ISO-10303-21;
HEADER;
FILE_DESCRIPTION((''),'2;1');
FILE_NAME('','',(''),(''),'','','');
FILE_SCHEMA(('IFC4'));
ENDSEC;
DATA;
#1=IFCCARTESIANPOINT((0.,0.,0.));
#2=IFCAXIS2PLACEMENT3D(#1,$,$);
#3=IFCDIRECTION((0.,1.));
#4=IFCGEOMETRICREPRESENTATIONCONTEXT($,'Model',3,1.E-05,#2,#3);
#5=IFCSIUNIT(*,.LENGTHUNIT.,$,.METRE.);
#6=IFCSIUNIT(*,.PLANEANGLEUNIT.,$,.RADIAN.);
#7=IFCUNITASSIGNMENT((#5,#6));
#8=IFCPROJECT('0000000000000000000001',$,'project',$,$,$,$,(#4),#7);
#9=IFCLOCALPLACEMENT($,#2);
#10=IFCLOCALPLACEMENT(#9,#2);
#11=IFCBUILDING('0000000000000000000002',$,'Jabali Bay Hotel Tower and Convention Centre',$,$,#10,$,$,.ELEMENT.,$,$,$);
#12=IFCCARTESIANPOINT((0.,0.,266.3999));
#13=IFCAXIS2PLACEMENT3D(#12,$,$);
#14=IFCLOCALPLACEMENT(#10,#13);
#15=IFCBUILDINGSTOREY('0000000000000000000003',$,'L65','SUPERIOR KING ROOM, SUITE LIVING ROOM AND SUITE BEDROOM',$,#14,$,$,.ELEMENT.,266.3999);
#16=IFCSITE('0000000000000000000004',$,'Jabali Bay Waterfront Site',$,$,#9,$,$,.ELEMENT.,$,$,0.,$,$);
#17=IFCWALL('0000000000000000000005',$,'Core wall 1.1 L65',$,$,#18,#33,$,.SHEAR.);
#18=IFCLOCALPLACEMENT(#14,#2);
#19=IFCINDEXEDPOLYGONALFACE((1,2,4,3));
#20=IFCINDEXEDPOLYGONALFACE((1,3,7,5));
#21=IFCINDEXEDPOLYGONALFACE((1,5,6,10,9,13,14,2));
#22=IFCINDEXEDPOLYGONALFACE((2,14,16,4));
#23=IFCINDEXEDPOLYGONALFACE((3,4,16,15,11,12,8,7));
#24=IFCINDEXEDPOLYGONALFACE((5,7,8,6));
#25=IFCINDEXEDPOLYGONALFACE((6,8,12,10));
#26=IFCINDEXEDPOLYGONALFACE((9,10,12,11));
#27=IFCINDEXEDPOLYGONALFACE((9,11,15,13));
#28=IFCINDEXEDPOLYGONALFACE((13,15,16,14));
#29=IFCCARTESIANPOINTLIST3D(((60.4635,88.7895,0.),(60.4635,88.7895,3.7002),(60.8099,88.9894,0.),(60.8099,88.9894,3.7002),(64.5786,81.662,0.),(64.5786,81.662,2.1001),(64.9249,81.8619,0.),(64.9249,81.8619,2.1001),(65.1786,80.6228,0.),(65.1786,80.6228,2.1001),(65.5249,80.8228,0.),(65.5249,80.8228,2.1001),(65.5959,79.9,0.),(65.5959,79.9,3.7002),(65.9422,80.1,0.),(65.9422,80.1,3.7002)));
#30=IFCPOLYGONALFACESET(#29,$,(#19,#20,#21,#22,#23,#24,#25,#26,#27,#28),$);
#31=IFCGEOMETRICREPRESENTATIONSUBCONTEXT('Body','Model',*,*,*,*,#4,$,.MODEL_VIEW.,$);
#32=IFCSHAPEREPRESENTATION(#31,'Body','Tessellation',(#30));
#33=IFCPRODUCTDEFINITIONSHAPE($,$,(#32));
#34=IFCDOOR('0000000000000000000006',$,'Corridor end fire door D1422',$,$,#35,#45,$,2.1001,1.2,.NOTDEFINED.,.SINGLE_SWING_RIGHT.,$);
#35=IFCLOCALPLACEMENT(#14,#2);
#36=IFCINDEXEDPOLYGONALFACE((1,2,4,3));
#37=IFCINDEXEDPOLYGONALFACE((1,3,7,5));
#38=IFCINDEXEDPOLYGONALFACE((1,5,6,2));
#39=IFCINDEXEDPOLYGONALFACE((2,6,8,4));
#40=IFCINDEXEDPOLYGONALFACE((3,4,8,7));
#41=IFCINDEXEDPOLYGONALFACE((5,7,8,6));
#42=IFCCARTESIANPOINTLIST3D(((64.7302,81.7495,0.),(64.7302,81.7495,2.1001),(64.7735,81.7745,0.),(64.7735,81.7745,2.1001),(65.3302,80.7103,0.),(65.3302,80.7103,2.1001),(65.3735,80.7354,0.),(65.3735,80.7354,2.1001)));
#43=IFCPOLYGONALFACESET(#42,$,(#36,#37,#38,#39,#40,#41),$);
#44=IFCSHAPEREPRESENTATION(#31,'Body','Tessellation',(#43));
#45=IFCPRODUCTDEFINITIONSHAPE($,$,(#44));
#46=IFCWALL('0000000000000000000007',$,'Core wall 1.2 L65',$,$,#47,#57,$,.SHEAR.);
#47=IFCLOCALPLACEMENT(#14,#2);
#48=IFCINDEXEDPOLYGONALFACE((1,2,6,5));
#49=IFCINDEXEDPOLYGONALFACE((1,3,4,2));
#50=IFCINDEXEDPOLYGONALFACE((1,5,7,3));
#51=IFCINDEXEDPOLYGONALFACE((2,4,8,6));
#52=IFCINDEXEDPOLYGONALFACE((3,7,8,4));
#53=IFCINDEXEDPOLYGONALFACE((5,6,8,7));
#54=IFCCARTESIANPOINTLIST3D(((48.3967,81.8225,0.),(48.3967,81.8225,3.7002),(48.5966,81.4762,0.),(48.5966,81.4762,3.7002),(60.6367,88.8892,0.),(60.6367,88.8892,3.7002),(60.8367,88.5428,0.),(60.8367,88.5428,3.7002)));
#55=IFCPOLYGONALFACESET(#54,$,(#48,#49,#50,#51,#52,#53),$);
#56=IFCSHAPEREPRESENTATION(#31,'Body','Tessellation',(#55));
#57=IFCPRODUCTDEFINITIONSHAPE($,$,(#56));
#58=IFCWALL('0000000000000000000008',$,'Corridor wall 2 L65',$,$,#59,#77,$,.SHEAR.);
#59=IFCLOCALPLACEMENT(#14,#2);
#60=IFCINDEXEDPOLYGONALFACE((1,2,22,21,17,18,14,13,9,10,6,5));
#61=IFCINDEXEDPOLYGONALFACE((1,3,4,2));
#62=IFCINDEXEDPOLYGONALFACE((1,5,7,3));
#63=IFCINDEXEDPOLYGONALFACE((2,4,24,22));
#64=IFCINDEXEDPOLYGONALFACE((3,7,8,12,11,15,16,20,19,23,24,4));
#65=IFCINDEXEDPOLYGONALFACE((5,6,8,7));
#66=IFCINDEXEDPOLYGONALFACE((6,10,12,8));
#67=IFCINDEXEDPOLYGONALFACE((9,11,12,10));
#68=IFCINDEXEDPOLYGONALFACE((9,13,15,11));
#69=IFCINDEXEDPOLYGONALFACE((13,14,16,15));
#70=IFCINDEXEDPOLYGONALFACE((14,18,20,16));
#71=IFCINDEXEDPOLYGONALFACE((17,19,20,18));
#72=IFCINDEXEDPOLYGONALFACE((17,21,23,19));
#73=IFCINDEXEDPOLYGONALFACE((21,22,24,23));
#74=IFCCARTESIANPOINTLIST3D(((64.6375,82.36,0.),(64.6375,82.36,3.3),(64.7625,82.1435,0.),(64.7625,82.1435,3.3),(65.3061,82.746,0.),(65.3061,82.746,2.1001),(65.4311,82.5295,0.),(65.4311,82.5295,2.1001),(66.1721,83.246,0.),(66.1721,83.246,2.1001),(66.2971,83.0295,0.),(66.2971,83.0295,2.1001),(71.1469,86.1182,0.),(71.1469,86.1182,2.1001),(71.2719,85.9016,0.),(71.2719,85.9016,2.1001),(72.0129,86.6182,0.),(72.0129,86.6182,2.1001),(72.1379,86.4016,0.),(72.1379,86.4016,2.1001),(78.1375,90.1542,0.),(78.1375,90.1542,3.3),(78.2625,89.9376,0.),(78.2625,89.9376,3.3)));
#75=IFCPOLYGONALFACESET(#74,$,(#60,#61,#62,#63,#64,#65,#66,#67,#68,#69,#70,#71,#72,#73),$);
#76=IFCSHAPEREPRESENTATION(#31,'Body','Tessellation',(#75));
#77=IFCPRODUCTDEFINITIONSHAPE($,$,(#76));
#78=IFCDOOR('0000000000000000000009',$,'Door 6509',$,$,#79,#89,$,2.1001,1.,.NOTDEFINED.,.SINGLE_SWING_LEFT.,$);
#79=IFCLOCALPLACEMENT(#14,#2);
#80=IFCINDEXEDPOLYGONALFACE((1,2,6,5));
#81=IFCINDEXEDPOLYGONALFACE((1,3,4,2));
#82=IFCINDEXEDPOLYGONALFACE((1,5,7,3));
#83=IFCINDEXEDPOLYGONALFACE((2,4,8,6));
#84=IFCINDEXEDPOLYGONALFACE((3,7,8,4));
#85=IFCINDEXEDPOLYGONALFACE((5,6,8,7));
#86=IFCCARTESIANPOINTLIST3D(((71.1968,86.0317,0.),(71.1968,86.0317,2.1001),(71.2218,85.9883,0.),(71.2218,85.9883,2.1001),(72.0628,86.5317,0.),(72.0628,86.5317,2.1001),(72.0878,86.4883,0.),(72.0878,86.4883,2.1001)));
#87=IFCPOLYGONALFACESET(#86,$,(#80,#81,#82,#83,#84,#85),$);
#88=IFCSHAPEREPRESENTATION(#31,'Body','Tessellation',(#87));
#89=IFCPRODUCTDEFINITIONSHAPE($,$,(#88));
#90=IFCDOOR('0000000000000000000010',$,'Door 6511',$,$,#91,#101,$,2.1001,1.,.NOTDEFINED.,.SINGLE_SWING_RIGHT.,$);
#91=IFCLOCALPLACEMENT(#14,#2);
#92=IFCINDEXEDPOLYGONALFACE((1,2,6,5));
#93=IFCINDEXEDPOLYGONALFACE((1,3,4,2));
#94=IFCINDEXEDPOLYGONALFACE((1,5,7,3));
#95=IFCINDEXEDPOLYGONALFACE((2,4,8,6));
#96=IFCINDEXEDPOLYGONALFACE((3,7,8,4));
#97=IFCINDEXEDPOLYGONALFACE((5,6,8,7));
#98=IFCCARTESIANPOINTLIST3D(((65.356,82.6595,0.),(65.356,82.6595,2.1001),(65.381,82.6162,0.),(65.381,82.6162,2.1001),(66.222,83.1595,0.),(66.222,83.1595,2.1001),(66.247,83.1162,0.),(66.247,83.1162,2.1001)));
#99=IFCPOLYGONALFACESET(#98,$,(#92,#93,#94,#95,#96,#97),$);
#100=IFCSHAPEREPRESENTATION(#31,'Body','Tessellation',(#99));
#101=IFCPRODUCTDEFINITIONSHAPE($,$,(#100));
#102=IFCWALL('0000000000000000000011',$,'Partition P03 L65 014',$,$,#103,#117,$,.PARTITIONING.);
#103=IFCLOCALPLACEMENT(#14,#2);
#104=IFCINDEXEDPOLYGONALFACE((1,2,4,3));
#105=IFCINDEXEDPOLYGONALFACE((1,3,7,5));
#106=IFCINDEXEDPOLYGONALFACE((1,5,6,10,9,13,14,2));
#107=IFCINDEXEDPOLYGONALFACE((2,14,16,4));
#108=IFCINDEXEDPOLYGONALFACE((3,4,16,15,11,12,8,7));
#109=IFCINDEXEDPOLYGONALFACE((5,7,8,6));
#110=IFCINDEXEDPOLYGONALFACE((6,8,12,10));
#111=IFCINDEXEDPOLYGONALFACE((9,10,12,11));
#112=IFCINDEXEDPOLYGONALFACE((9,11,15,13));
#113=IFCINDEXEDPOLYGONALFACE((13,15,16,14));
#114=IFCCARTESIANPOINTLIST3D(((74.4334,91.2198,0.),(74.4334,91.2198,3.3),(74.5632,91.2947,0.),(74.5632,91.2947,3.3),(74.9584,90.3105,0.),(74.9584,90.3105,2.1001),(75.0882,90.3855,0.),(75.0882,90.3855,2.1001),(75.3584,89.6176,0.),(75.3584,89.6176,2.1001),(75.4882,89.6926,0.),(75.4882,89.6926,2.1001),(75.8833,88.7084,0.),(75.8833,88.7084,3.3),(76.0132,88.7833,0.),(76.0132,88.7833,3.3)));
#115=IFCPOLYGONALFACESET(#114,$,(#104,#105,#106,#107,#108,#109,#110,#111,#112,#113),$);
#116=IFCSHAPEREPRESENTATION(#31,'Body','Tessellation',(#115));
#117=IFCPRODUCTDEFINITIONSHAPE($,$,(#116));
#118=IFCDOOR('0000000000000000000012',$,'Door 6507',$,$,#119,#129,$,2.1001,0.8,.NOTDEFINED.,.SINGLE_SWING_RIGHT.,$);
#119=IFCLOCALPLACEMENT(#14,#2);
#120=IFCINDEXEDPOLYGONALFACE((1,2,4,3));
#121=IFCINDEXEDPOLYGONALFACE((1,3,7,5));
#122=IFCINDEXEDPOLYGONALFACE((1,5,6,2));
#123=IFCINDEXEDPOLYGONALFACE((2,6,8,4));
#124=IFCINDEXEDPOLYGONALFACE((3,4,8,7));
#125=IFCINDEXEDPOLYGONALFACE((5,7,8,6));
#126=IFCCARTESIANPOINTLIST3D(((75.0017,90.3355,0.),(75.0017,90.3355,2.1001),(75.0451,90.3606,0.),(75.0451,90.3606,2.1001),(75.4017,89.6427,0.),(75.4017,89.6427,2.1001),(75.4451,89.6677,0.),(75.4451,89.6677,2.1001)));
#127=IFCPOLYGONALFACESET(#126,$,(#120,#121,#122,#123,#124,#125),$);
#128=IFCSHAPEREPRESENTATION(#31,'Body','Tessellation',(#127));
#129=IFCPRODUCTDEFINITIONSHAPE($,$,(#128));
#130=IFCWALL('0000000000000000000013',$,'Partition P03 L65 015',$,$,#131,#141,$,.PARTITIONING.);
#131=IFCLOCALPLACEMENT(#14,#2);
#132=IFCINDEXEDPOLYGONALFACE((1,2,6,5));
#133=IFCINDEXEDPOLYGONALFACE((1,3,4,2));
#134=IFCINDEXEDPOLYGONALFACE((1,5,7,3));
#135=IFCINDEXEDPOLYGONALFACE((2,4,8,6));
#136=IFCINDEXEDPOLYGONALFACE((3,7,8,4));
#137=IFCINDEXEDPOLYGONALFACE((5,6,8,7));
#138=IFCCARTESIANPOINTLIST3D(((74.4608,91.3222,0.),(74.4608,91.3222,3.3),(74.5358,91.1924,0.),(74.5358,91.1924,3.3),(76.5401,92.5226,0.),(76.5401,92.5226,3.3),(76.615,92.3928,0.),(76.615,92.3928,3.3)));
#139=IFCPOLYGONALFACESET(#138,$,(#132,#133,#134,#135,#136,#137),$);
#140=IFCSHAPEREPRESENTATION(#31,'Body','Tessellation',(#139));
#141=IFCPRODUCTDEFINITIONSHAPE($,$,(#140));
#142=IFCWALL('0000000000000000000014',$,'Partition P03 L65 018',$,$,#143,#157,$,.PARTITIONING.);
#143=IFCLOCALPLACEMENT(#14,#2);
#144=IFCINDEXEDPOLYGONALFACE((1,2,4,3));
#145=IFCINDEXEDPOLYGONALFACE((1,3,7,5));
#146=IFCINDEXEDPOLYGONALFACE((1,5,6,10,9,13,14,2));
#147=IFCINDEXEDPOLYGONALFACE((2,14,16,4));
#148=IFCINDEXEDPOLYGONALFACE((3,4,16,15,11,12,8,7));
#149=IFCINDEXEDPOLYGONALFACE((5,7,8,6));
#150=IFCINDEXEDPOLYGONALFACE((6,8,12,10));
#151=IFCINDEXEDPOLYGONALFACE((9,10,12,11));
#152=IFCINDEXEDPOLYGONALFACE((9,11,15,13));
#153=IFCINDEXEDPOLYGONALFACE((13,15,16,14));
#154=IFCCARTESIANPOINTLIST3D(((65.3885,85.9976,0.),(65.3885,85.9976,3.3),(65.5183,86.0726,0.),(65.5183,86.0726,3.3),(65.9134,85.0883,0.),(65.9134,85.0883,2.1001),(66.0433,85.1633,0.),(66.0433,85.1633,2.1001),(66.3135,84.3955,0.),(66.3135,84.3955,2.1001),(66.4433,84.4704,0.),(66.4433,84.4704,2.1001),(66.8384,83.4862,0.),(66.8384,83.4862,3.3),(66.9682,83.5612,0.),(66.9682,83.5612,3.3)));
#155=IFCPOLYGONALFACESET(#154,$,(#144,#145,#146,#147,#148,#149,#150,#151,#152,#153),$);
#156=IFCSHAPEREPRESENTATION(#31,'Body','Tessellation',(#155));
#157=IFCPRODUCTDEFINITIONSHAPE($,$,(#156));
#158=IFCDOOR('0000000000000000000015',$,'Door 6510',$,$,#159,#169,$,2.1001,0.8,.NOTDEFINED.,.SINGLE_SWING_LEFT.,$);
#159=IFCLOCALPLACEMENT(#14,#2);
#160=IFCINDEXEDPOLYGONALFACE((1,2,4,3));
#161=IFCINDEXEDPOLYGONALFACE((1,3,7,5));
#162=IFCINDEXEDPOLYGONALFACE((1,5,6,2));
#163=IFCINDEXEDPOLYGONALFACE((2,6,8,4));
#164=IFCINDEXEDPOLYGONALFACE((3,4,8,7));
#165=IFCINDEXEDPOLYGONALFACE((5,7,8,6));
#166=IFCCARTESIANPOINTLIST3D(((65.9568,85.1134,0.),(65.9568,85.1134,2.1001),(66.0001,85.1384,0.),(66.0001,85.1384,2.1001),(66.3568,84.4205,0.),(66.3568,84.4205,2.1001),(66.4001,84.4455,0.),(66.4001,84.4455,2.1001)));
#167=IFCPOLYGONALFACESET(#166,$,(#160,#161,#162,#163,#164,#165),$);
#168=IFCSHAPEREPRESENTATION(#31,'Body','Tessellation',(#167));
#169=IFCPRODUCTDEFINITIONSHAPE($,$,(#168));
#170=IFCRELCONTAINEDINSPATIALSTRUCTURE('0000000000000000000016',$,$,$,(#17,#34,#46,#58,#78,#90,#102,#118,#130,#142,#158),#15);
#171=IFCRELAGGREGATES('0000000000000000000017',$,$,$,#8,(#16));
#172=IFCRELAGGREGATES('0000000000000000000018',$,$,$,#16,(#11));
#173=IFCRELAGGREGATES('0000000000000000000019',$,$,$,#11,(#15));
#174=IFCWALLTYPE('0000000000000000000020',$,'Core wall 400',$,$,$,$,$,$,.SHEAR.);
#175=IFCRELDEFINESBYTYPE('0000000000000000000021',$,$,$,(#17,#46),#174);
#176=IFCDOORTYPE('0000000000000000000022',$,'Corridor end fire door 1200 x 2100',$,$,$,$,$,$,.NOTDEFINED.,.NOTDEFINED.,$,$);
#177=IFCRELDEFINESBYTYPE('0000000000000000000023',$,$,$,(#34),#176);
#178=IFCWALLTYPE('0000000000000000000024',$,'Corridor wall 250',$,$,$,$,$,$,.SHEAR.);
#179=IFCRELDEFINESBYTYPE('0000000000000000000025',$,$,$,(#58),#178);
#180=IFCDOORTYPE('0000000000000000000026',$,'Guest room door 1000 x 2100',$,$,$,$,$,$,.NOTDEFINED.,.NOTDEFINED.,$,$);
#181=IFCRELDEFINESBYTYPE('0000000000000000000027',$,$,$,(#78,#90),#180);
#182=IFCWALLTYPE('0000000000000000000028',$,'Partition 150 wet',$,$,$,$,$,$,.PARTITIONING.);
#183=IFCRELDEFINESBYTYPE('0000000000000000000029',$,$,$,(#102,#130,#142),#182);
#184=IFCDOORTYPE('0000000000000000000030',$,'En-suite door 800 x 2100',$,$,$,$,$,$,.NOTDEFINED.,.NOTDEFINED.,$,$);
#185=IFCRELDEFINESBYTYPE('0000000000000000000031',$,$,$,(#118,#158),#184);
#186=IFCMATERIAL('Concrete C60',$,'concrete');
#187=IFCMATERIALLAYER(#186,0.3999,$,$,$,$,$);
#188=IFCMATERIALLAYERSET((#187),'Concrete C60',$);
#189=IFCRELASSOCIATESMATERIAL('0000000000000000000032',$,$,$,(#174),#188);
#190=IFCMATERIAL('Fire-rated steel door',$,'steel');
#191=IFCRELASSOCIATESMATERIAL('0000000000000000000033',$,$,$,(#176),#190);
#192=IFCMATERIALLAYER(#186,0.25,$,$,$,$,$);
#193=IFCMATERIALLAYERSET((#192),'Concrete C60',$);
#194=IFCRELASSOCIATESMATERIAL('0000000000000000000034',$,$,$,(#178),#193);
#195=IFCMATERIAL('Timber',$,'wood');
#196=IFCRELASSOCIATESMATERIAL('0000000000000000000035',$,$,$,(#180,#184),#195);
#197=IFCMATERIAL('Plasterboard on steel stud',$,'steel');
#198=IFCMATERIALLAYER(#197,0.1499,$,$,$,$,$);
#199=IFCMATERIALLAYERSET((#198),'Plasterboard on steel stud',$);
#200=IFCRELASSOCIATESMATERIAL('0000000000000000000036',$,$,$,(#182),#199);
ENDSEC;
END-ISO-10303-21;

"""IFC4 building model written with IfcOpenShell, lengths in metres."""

from ifc_helpers import new_model, si_unit, direction, frame, frame_2d, origin, place, context, subcontext, project, spatial, rectangle, extrude, material, layer, layer_set, type_object, element, fill, save


model = new_model("IFC4")

# Units and contexts
model_context = context("Model", 3, precision=1e-05, world=origin(), true_north=direction((0.0, 1.0)))
body_context = subcontext(model_context, "Body", "Model", "MODEL_VIEW")
ifc_project = project(units=[si_unit("LENGTHUNIT", "METRE"), si_unit("PLANEANGLEUNIT", "RADIAN")], contexts=[model_context])

# Site, building, storey
site_placement = place(None, origin())
site = spatial("IfcSite", under=ifc_project, at=site_placement, Name="Jabali Bay Waterfront Site", CompositionType="ELEMENT", RefElevation=0.0)
building_placement = place(site_placement, origin())
building = spatial("IfcBuilding", under=site, at=building_placement, Name="Jabali Bay Hotel Tower and Convention Centre", CompositionType="ELEMENT")
storey_placement = place(building_placement, frame((0.0, 0.0, 266.3999)))
storey = spatial("IfcBuildingStorey", under=building, at=storey_placement, Name="L65", Description="SUPERIOR KING ROOM, SUITE LIVING ROOM AND SUITE BEDROOM", CompositionType="ELEMENT", Elevation=266.3999)

# Shared definitions
ifc_material_1 = material(Name="Fire-rated steel door", Category="steel")

# Wall, opening, door
ifc_material_2 = material(Name="Concrete C60", Category="concrete")
ifc_layer_1 = layer(ifc_material_2, 0.3999)
ifc_layer_set_1 = layer_set([ifc_layer_1], Name="Concrete C60")
wall_type_1 = type_object("IfcWallType", Name="Core wall 400", PredefinedType="SHEAR", material=ifc_layer_set_1)
wall_1_placement = place(storey_placement, frame((65.769, 80.0, 0.0), z_axis=(0.0, 0.0, 1.0), x_axis=(-0.500002, 0.866024, 0.0)))
wall_1 = element("IfcWall", 1, at=wall_1_placement, inside=storey, type_object=wall_type_1, Name="Core wall 1.1 L65", PredefinedType="SHEAR", context=body_context, shape_type="SweptSolid", body=[
    extrude(rectangle(XDim=10.2646, YDim=0.3999, at=frame_2d((5.1323, 0.0))), origin(), (0.0, 0.0, 1.0), 3.7002),
])
opening_1_placement = place(wall_1_placement, frame((0.8345, 0.0, 0.0)))
opening_1 = element("IfcOpeningElement", 2, at=opening_1_placement, cuts=wall_1, PredefinedType="OPENING", context=body_context, shape_type="SweptSolid", body=[
    extrude(rectangle(XDim=1.2, YDim=2.1001, at=frame_2d((0.6001, 1.05))), frame((0.0, 0.2104, 0.0), z_axis=(0.0, -1.0, 0.0), x_axis=(1.0, 0.0, 0.0)), (0.0, 0.0, 1.0), 0.4209),
])
door_type_1 = type_object("IfcDoorType", Name="Corridor end fire door 1200 x 2100", OperationType="NOTDEFINED", PredefinedType="NOTDEFINED", material=ifc_material_1)
door_1_placement = place(opening_1_placement, origin())
door_1 = element("IfcDoor", 3, at=door_1_placement, inside=storey, type_object=door_type_1, Name="Corridor end fire door D1422", OperationType="SINGLE_SWING_RIGHT", OverallHeight=2.1001, OverallWidth=1.2, PredefinedType="NOTDEFINED", context=body_context, shape_type="SweptSolid", body=[
    extrude(rectangle(XDim=1.2, YDim=2.1001, at=frame_2d((0.6001, 1.05))), frame((0.0, 0.0249, 0.0), z_axis=(0.0, -1.0, 0.0), x_axis=(1.0, 0.0, 0.0)), (0.0, 0.0, 1.0), 0.05),
])
fill(opening_1, door_1)

# Wall
wall_2_placement = place(storey_placement, frame((60.7368, 88.7161, 0.0), z_axis=(0.0, 0.0, 1.0), x_axis=(-0.866029, -0.499994, 0.0)))
element("IfcWall", 4, at=wall_2_placement, inside=storey, type_object=wall_type_1, Name="Core wall 1.2 L65", PredefinedType="SHEAR", context=body_context, shape_type="SweptSolid", body=[
    extrude(rectangle(XDim=14.1335, YDim=0.3999, at=frame_2d((7.0669, 0.0))), origin(), (0.0, 0.0, 1.0), 3.7002),
])

# Wall, openings, doors
ifc_layer_2 = layer(ifc_material_2, 0.25)
ifc_layer_set_2 = layer_set([ifc_layer_2], Name="Concrete C60")
wall_type_2 = type_object("IfcWallType", Name="Corridor wall 250", PredefinedType="SHEAR", material=ifc_layer_set_2)
wall_3_placement = place(storey_placement, frame((78.2, 90.0459, 0.0), z_axis=(0.0, 0.0, 1.0), x_axis=(-0.866026, -0.499998, 0.0)))
wall_3 = element("IfcWall", 5, at=wall_3_placement, inside=storey, type_object=wall_type_2, Name="Corridor wall 2 L65", PredefinedType="SHEAR", context=body_context, shape_type="SweptSolid", body=[
    extrude(rectangle(XDim=15.5884, YDim=0.25, at=frame_2d((7.7942, 0.0))), origin(), (0.0, 0.0, 1.0), 3.3),
])
opening_2_placement = place(wall_3_placement, frame((7.072, 0.0, 0.0)))
opening_2 = element("IfcOpeningElement", 6, at=opening_2_placement, cuts=wall_3, PredefinedType="OPENING", context=body_context, shape_type="SweptSolid", body=[
    extrude(rectangle(XDim=1.0, YDim=2.1001, at=frame_2d((0.5, 1.05))), frame((0.0, 0.1355, 0.0), z_axis=(0.0, -1.0, 0.0), x_axis=(1.0, 0.0, 0.0)), (0.0, 0.0, 1.0), 0.271),
])
opening_3_placement = place(wall_3_placement, frame((13.8164, 0.0, 0.0)))
opening_3 = element("IfcOpeningElement", 7, at=opening_3_placement, cuts=wall_3, PredefinedType="OPENING", context=body_context, shape_type="SweptSolid", body=[
    extrude(rectangle(XDim=1.0, YDim=2.1001, at=frame_2d((0.5, 1.05))), frame((0.0, 0.1355, 0.0), z_axis=(0.0, -1.0, 0.0), x_axis=(1.0, 0.0, 0.0)), (0.0, 0.0, 1.0), 0.271),
])
ifc_material_3 = material(Name="Timber", Category="wood")
door_type_2 = type_object("IfcDoorType", Name="Guest room door 1000 x 2100", OperationType="NOTDEFINED", PredefinedType="NOTDEFINED", material=ifc_material_3)
door_2_placement = place(opening_2_placement, origin())
door_2 = element("IfcDoor", 8, at=door_2_placement, inside=storey, type_object=door_type_2, Name="Door 6509", OperationType="SINGLE_SWING_LEFT", OverallHeight=2.1001, OverallWidth=1.0, PredefinedType="NOTDEFINED", context=body_context, shape_type="SweptSolid", body=[
    extrude(rectangle(XDim=1.0, YDim=2.1001, at=frame_2d((0.5, 1.05))), frame((0.0, 0.0249, 0.0), z_axis=(0.0, -1.0, 0.0), x_axis=(1.0, 0.0, 0.0)), (0.0, 0.0, 1.0), 0.05),
])
fill(opening_2, door_2)
door_3_placement = place(opening_3_placement, origin())
door_3 = element("IfcDoor", 9, at=door_3_placement, inside=storey, type_object=door_type_2, Name="Door 6511", OperationType="SINGLE_SWING_RIGHT", OverallHeight=2.1001, OverallWidth=1.0, PredefinedType="NOTDEFINED", context=body_context, shape_type="SweptSolid", body=[
    extrude(rectangle(XDim=1.0, YDim=2.1001, at=frame_2d((0.5, 1.05))), frame((0.0, 0.0249, 0.0), z_axis=(0.0, -1.0, 0.0), x_axis=(1.0, 0.0, 0.0)), (0.0, 0.0, 1.0), 0.05),
])
fill(opening_3, door_3)

# Wall, opening, door
ifc_material_4 = material(Name="Plasterboard on steel stud", Category="steel")
ifc_layer_3 = layer(ifc_material_4, 0.1499)
ifc_layer_set_3 = layer_set([ifc_layer_3], Name="Plasterboard on steel stud")
wall_type_3 = type_object("IfcWallType", Name="Partition 150 wet", PredefinedType="PARTITIONING", material=ifc_layer_set_3)
wall_4_placement = place(storey_placement, frame((75.9482, 88.7458, 0.0), z_axis=(0.0, 0.0, 1.0), x_axis=(-0.499987, 0.866033, 0.0)))
wall_4 = element("IfcWall", 10, at=wall_4_placement, inside=storey, type_object=wall_type_3, Name="Partition P03 L65 014", PredefinedType="PARTITIONING", context=body_context, shape_type="SweptSolid", body=[
    extrude(rectangle(XDim=2.8999, YDim=0.1499, at=frame_2d((1.45, 0.0))), origin(), (0.0, 0.0, 1.0), 3.3),
])
opening_4_placement = place(wall_4_placement, frame((1.05, 0.0, 0.0)))
opening_4 = element("IfcOpeningElement", 11, at=opening_4_placement, cuts=wall_4, PredefinedType="OPENING", context=body_context, shape_type="SweptSolid", body=[
    extrude(rectangle(XDim=0.8, YDim=2.1001, at=frame_2d((0.3999, 1.05))), frame((0.0, 0.0854, 0.0), z_axis=(0.0, -1.0, 0.0), x_axis=(1.0, 0.0, 0.0)), (0.0, 0.0, 1.0), 0.1709),
])
door_type_3 = type_object("IfcDoorType", Name="En-suite door 800 x 2100", OperationType="NOTDEFINED", PredefinedType="NOTDEFINED", material=ifc_material_3)
door_4_placement = place(opening_4_placement, origin())
door_4 = element("IfcDoor", 12, at=door_4_placement, inside=storey, type_object=door_type_3, Name="Door 6507", OperationType="SINGLE_SWING_RIGHT", OverallHeight=2.1001, OverallWidth=0.8, PredefinedType="NOTDEFINED", context=body_context, shape_type="SweptSolid", body=[
    extrude(rectangle(XDim=0.8, YDim=2.1001, at=frame_2d((0.3999, 1.05))), frame((0.0, 0.0249, 0.0), z_axis=(0.0, -1.0, 0.0), x_axis=(1.0, 0.0, 0.0)), (0.0, 0.0, 1.0), 0.05),
])
fill(opening_4, door_4)

# Wall
wall_5_placement = place(storey_placement, frame((74.4983, 91.2573, 0.0), z_axis=(0.0, 0.0, 1.0), x_axis=(0.866038, 0.499978, 0.0)))
element("IfcWall", 13, at=wall_5_placement, inside=storey, type_object=wall_type_3, Name="Partition P03 L65 015", PredefinedType="PARTITIONING", context=body_context, shape_type="SweptSolid", body=[
    extrude(rectangle(XDim=2.4009, YDim=0.1499, at=frame_2d((1.2004, 0.0))), origin(), (0.0, 0.0, 1.0), 3.3),
])

# Wall, opening, door
wall_6_placement = place(storey_placement, frame((66.9033, 83.5237, 0.0), z_axis=(0.0, 0.0, 1.0), x_axis=(-0.499987, 0.866033, 0.0)))
wall_6 = element("IfcWall", 14, at=wall_6_placement, inside=storey, type_object=wall_type_3, Name="Partition P03 L65 018", PredefinedType="PARTITIONING", context=body_context, shape_type="SweptSolid", body=[
    extrude(rectangle(XDim=2.8999, YDim=0.1499, at=frame_2d((1.45, 0.0))), origin(), (0.0, 0.0, 1.0), 3.3),
])
opening_5_placement = place(wall_6_placement, frame((1.05, 0.0, 0.0)))
opening_5 = element("IfcOpeningElement", 15, at=opening_5_placement, cuts=wall_6, PredefinedType="OPENING", context=body_context, shape_type="SweptSolid", body=[
    extrude(rectangle(XDim=0.8, YDim=2.1001, at=frame_2d((0.3999, 1.05))), frame((0.0, 0.0854, 0.0), z_axis=(0.0, -1.0, 0.0), x_axis=(1.0, 0.0, 0.0)), (0.0, 0.0, 1.0), 0.1709),
])
door_5_placement = place(opening_5_placement, origin())
door_5 = element("IfcDoor", 16, at=door_5_placement, inside=storey, type_object=door_type_3, Name="Door 6510", OperationType="SINGLE_SWING_LEFT", OverallHeight=2.1001, OverallWidth=0.8, PredefinedType="NOTDEFINED", context=body_context, shape_type="SweptSolid", body=[
    extrude(rectangle(XDim=0.8, YDim=2.1001, at=frame_2d((0.3999, 1.05))), frame((0.0, 0.0249, 0.0), z_axis=(0.0, -1.0, 0.0), x_axis=(1.0, 0.0, 0.0)), (0.0, 0.0, 1.0), 0.05),
])
fill(opening_5, door_5)

save(model, "model.ifc")
